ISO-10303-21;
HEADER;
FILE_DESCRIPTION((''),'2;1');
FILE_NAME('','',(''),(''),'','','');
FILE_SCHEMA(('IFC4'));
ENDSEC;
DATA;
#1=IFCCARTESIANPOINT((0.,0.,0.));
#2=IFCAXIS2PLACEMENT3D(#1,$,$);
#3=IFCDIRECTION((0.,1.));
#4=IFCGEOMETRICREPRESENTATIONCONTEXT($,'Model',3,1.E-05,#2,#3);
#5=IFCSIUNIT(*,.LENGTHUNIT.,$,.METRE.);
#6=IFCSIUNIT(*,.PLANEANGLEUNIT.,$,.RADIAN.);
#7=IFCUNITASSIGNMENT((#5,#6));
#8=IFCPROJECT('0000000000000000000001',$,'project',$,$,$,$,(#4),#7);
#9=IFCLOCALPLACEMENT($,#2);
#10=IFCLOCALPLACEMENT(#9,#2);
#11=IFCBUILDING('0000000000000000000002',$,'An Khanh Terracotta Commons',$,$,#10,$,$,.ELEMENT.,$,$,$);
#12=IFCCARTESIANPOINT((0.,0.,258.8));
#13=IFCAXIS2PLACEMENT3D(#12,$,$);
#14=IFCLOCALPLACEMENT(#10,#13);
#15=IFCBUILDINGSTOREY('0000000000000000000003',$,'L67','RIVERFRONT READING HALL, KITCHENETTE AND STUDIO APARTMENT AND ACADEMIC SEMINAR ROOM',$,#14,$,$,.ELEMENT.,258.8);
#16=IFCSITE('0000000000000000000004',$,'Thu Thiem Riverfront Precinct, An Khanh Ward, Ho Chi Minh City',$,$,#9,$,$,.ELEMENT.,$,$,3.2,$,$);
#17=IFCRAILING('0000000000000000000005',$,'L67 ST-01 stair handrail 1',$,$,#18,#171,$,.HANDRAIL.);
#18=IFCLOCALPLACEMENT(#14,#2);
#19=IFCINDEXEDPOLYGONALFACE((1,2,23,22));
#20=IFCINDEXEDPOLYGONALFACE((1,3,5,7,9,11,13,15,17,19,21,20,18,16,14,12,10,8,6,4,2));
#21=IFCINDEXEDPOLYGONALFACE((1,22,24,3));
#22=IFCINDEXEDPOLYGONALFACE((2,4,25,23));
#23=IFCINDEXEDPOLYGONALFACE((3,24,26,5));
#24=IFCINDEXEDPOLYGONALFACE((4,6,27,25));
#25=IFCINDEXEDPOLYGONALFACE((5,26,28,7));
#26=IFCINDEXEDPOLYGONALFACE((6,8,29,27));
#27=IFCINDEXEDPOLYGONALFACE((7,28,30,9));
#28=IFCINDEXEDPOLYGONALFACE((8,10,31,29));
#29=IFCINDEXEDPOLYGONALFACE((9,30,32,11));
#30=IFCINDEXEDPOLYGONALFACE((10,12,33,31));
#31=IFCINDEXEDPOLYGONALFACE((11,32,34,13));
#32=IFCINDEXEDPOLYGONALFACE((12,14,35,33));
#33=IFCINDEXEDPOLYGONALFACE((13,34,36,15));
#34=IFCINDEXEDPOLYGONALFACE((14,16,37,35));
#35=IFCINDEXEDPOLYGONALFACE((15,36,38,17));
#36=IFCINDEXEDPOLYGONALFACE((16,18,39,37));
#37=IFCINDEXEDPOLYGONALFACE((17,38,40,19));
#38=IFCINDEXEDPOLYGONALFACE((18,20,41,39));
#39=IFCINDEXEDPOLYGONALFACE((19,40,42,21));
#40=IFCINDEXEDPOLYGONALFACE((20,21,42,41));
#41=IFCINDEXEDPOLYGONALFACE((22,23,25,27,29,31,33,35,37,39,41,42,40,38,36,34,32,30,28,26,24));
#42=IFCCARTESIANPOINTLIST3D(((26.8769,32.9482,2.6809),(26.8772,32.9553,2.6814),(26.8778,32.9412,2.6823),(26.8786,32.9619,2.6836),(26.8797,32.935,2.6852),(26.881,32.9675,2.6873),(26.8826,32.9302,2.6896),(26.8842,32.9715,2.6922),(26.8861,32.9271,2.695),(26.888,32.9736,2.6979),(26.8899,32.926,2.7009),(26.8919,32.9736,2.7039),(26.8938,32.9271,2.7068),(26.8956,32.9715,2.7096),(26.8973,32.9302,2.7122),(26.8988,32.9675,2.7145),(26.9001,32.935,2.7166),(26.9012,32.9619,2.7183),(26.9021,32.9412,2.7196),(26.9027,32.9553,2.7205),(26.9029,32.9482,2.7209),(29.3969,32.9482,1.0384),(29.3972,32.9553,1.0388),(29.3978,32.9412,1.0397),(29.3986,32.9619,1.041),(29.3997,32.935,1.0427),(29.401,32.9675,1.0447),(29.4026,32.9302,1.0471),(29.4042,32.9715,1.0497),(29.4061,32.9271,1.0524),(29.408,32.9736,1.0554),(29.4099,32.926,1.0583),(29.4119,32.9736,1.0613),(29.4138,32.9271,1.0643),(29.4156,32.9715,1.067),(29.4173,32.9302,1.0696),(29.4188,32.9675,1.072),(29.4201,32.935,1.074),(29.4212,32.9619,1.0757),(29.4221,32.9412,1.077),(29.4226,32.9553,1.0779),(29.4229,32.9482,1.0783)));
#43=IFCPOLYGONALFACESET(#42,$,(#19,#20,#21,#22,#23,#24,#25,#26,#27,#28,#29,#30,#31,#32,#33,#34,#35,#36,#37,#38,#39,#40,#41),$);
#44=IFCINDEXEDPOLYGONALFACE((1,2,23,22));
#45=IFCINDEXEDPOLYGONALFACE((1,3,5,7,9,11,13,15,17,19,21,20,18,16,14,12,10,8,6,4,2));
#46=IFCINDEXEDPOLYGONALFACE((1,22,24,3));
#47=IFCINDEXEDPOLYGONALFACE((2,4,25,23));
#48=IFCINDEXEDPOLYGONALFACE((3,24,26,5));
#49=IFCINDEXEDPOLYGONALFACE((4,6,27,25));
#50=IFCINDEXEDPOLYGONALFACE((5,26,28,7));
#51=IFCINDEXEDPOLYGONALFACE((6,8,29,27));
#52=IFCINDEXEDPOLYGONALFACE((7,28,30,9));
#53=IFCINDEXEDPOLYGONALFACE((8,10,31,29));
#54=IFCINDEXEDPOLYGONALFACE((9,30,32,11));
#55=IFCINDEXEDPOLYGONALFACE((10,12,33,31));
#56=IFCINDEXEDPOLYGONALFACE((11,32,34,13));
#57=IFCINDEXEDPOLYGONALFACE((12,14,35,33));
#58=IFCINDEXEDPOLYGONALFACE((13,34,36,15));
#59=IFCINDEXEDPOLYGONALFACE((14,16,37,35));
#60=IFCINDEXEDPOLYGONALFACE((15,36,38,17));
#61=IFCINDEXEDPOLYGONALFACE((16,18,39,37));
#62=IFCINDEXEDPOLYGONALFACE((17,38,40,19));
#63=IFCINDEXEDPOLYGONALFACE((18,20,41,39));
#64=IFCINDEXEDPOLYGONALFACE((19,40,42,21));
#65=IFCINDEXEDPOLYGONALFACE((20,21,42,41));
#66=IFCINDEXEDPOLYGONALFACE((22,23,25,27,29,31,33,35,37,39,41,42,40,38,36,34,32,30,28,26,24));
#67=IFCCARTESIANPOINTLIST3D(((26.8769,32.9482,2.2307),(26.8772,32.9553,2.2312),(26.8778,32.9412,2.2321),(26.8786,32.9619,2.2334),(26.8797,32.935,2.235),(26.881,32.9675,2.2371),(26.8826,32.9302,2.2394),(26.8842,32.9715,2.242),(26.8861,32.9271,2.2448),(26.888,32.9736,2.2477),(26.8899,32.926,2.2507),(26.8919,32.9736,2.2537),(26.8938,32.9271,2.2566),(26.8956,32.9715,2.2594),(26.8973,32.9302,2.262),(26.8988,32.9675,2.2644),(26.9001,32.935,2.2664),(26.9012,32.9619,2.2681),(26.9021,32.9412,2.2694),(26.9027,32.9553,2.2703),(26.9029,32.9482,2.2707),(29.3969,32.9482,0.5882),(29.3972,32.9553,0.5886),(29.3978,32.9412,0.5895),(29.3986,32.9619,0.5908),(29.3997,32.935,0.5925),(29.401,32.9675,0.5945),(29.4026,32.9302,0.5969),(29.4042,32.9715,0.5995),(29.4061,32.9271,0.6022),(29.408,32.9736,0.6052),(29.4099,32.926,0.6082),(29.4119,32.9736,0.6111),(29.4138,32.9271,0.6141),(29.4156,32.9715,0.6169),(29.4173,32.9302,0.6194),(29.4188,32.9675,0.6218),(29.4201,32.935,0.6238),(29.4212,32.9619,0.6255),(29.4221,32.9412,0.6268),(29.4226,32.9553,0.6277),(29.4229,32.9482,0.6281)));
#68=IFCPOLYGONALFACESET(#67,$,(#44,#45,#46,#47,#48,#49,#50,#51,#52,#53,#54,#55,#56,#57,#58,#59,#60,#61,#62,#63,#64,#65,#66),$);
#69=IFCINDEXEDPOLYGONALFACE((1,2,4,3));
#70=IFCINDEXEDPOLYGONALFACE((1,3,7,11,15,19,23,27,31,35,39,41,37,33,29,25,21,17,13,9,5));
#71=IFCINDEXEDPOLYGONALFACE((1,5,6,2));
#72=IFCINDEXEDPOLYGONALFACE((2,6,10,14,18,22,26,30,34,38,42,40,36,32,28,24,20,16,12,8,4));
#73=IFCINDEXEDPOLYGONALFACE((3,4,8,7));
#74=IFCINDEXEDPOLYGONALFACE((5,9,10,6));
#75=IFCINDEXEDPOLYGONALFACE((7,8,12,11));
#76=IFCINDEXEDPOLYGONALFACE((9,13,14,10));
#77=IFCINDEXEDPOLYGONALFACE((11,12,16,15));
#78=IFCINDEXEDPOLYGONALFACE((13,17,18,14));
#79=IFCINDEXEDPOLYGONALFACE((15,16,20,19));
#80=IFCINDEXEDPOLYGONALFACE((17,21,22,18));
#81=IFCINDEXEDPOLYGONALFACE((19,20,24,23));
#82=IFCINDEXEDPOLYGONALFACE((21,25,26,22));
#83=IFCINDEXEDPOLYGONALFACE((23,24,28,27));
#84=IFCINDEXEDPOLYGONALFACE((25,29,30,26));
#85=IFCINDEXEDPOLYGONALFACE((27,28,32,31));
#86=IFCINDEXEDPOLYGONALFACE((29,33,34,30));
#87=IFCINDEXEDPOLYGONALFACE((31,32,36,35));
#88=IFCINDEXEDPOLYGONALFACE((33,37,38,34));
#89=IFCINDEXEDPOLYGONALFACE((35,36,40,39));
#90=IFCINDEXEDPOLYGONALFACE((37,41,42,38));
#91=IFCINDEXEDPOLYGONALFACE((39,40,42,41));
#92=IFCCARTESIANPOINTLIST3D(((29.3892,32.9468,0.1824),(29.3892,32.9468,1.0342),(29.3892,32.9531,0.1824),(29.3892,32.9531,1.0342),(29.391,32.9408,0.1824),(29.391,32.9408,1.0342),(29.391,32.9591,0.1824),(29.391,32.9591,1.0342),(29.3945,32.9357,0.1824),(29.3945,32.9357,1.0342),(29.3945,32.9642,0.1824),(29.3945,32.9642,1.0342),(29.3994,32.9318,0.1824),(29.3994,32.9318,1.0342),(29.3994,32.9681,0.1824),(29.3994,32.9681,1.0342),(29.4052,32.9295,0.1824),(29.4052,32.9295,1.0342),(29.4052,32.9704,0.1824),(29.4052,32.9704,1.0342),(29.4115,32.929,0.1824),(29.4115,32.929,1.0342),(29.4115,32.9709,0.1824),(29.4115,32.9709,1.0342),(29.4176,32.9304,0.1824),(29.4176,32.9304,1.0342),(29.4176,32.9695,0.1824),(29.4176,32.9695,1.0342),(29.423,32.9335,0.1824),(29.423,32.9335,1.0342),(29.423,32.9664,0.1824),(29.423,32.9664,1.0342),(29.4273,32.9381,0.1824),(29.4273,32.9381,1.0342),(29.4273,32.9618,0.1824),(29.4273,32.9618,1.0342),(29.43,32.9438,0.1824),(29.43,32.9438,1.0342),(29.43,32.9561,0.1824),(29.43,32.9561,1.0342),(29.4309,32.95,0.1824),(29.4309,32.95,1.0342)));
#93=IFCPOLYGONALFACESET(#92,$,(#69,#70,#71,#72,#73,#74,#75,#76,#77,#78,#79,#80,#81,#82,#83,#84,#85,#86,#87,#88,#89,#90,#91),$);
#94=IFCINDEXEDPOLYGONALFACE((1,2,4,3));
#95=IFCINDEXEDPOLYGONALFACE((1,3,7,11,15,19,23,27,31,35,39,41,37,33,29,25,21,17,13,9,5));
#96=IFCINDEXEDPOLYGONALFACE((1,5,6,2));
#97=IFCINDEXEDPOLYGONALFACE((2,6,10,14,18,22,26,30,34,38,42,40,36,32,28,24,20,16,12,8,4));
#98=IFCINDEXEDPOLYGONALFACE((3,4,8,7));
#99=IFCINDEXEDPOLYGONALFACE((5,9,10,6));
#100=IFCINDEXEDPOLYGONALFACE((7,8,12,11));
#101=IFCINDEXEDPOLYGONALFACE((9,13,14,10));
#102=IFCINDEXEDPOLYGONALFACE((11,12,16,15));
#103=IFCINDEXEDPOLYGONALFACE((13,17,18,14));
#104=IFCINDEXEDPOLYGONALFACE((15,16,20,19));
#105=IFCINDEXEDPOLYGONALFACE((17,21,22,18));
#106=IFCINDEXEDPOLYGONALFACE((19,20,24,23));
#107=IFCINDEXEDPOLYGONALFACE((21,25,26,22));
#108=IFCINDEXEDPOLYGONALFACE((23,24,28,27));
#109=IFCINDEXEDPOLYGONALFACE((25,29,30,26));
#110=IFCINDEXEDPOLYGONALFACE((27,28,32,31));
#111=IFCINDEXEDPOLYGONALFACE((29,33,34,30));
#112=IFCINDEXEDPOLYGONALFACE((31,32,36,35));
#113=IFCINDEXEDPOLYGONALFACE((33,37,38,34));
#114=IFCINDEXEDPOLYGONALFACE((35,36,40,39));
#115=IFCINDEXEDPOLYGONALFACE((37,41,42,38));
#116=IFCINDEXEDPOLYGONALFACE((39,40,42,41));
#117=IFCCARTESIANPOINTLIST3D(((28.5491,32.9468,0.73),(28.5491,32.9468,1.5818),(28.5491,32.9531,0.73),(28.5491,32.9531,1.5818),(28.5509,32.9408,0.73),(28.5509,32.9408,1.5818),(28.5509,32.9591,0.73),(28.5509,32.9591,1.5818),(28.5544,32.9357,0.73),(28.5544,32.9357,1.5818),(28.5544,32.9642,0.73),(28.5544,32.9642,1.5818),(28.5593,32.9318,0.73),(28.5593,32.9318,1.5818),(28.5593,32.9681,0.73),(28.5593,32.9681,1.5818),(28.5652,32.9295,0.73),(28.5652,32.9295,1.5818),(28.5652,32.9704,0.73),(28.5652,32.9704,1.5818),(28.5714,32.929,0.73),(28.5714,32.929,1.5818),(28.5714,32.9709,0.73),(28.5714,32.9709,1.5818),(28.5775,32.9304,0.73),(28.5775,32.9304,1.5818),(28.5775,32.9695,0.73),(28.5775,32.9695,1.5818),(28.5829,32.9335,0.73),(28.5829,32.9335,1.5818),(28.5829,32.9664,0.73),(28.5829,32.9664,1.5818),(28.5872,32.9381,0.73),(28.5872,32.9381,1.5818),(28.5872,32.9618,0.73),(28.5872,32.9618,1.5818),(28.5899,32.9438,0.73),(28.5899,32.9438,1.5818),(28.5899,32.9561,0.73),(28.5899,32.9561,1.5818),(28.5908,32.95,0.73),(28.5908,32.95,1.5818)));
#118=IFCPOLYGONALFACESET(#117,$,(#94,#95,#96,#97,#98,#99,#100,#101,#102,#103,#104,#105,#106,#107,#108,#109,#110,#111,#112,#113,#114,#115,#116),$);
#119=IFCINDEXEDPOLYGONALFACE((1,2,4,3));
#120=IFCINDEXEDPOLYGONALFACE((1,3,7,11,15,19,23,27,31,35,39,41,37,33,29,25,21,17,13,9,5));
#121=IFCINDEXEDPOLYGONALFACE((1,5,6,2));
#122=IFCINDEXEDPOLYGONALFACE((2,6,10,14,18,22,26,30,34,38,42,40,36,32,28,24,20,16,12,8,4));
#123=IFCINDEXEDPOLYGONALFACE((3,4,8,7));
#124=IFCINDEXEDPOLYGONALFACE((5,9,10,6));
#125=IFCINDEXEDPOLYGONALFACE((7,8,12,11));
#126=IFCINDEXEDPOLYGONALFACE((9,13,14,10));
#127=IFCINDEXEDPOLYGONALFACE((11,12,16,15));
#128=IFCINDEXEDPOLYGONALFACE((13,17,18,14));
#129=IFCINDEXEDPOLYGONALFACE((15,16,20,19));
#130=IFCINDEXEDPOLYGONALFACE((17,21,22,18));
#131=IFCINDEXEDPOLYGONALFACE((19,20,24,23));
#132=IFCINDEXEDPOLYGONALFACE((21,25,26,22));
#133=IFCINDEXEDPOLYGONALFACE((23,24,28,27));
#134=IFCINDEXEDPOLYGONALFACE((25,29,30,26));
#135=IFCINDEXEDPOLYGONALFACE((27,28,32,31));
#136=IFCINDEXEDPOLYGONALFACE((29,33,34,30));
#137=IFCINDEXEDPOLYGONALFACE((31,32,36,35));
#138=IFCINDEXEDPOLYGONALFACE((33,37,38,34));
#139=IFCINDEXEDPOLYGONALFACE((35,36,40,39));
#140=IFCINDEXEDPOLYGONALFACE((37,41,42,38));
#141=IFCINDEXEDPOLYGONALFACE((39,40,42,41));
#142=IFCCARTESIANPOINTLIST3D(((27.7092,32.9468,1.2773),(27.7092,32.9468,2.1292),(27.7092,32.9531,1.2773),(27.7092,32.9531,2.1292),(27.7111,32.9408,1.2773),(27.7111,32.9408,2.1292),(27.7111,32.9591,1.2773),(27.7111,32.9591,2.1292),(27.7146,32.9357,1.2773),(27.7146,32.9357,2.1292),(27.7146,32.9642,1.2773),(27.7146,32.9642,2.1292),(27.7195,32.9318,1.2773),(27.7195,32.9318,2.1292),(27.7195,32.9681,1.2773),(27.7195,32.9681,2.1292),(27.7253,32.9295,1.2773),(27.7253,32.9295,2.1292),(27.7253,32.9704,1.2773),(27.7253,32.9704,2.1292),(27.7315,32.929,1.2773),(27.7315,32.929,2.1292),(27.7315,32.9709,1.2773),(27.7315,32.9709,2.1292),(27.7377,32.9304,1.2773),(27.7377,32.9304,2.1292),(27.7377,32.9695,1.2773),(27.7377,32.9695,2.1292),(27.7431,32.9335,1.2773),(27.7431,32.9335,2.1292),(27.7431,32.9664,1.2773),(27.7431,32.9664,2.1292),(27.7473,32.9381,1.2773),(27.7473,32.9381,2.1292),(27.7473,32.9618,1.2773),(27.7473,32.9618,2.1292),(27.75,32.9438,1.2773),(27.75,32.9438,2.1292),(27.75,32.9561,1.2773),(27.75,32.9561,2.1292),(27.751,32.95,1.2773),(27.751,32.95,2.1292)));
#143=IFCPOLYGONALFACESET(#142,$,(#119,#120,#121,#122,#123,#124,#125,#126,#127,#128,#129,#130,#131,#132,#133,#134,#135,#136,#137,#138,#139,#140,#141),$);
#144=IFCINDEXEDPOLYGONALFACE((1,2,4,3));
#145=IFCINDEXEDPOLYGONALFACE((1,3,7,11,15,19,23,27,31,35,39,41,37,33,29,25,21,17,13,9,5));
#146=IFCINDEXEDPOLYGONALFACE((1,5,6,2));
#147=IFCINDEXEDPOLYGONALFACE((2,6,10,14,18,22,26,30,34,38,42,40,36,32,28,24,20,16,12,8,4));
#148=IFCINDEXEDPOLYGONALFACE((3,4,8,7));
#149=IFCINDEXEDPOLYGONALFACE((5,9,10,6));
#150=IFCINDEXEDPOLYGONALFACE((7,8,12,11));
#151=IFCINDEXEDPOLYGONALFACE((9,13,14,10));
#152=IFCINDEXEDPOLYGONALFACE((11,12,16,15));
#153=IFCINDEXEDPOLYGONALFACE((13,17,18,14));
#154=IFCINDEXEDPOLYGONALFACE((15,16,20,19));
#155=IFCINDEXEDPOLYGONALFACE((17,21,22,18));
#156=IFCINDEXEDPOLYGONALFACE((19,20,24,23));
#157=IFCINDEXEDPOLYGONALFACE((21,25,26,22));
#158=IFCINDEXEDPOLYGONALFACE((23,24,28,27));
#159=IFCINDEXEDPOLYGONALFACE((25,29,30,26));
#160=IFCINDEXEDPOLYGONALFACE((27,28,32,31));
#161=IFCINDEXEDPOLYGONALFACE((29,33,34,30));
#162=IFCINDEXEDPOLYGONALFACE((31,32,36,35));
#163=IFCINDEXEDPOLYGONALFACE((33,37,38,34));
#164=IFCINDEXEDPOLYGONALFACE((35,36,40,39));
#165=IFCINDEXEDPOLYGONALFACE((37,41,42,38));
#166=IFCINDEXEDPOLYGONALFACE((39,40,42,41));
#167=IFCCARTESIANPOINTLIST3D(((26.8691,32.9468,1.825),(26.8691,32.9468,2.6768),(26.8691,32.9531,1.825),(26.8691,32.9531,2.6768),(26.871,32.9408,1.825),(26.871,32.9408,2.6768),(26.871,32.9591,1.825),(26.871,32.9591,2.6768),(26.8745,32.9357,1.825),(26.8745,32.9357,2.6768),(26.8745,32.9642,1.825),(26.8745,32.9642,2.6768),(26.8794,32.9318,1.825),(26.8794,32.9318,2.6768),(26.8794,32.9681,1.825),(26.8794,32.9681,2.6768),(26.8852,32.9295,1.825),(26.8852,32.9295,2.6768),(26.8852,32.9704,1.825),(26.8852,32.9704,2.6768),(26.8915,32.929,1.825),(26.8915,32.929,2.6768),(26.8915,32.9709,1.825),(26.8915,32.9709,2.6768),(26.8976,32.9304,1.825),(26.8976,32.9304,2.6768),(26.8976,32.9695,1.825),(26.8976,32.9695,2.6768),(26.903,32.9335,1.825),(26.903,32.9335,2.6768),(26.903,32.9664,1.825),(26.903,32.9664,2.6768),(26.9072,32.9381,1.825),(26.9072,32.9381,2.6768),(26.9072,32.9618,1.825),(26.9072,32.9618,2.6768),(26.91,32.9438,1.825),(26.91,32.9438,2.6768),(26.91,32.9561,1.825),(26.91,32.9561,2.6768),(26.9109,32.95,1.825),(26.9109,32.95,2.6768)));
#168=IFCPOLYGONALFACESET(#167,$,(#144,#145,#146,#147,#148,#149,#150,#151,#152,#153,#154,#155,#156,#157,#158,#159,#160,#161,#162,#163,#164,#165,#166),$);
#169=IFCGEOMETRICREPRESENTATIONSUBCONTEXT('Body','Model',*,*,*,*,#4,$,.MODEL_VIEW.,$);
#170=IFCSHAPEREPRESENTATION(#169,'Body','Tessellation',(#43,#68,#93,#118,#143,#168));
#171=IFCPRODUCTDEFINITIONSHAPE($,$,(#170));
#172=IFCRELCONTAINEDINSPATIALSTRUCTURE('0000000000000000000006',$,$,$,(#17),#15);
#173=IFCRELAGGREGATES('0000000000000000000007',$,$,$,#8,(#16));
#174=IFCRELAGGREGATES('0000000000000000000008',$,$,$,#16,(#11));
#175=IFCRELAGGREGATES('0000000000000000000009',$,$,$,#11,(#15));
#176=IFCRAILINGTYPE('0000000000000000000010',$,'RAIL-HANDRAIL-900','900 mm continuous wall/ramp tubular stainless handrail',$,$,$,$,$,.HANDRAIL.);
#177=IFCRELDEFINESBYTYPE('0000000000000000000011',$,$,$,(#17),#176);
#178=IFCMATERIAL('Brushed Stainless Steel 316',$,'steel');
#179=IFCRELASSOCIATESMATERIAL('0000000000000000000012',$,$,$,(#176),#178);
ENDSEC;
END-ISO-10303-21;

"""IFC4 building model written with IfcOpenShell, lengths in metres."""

from ifc_helpers import new_model, si_unit, direction, frame, origin, origin_2d, place, context, subcontext, project, spatial, circle, extrude, material, type_object, element, save


model = new_model("IFC4")

# Units and contexts
model_context = context("Model", 3, precision=1e-05, world=origin(), true_north=direction((0.0, 1.0)))
body_context = subcontext(model_context, "Body", "Model", "MODEL_VIEW")
ifc_project = project(units=[si_unit("LENGTHUNIT", "METRE"), si_unit("PLANEANGLEUNIT", "RADIAN")], contexts=[model_context])

# Site, building, storey
site_placement = place(None, origin())
site = spatial("IfcSite", under=ifc_project, at=site_placement, Name="Thu Thiem Riverfront Precinct, An Khanh Ward, Ho Chi Minh City", CompositionType="ELEMENT", RefElevation=3.2)
building_placement = place(site_placement, origin())
building = spatial("IfcBuilding", under=site, at=building_placement, Name="An Khanh Terracotta Commons", CompositionType="ELEMENT")
storey_placement = place(building_placement, frame((0.0, 0.0, 258.8)))
storey = spatial("IfcBuildingStorey", under=building, at=storey_placement, Name="L67", Description="RIVERFRONT READING HALL, KITCHENETTE AND STUDIO APARTMENT AND ACADEMIC SEMINAR ROOM", CompositionType="ELEMENT", Elevation=258.8)

# Railing
ifc_material_1 = material(Name="Brushed Stainless Steel 316", Category="steel")
railing_type_1 = type_object("IfcRailingType", Name="RAIL-HANDRAIL-900", Description="900 mm continuous wall/ramp tubular stainless handrail", PredefinedType="HANDRAIL", material=ifc_material_1)
railing_1_placement = place(storey_placement, frame((29.4099, 32.95, 0.1824)))
element("IfcRailing", 1, at=railing_1_placement, inside=storey, type_object=railing_type_1, Name="L67 ST-01 stair handrail 1", PredefinedType="HANDRAIL", context=body_context, shape_type="SweptSolid", body=[
    extrude(circle(Radius=0.0239, at=origin_2d()), frame((0.0, 0.0, 0.876), z_axis=(-0.837749, 0.0, 0.546055), x_axis=(0.0, -1.0, 0.0)), (0.0, 0.0, 1.0), 3.0081),
    extrude(circle(Radius=0.0239, at=origin_2d()), frame((0.0, 0.0, 0.4258), z_axis=(-0.837749, 0.0, 0.546055), x_axis=(0.0, -1.0, 0.0)), (0.0, 0.0, 1.0), 3.0081),
    extrude(circle(Radius=0.021, at=origin_2d()), origin(), (0.0, 0.0, 1.0), 0.8518),
    extrude(circle(Radius=0.021, at=origin_2d()), frame((-0.8401, 0.0, 0.5476)), (0.0, 0.0, 1.0), 0.8518),
    extrude(circle(Radius=0.021, at=origin_2d()), frame((-1.6799, 0.0, 1.095)), (0.0, 0.0, 1.0), 0.8518),
    extrude(circle(Radius=0.021, at=origin_2d()), frame((-2.52, 0.0, 1.6426)), (0.0, 0.0, 1.0), 0.8518),
])

save(model, "model.ifc")
